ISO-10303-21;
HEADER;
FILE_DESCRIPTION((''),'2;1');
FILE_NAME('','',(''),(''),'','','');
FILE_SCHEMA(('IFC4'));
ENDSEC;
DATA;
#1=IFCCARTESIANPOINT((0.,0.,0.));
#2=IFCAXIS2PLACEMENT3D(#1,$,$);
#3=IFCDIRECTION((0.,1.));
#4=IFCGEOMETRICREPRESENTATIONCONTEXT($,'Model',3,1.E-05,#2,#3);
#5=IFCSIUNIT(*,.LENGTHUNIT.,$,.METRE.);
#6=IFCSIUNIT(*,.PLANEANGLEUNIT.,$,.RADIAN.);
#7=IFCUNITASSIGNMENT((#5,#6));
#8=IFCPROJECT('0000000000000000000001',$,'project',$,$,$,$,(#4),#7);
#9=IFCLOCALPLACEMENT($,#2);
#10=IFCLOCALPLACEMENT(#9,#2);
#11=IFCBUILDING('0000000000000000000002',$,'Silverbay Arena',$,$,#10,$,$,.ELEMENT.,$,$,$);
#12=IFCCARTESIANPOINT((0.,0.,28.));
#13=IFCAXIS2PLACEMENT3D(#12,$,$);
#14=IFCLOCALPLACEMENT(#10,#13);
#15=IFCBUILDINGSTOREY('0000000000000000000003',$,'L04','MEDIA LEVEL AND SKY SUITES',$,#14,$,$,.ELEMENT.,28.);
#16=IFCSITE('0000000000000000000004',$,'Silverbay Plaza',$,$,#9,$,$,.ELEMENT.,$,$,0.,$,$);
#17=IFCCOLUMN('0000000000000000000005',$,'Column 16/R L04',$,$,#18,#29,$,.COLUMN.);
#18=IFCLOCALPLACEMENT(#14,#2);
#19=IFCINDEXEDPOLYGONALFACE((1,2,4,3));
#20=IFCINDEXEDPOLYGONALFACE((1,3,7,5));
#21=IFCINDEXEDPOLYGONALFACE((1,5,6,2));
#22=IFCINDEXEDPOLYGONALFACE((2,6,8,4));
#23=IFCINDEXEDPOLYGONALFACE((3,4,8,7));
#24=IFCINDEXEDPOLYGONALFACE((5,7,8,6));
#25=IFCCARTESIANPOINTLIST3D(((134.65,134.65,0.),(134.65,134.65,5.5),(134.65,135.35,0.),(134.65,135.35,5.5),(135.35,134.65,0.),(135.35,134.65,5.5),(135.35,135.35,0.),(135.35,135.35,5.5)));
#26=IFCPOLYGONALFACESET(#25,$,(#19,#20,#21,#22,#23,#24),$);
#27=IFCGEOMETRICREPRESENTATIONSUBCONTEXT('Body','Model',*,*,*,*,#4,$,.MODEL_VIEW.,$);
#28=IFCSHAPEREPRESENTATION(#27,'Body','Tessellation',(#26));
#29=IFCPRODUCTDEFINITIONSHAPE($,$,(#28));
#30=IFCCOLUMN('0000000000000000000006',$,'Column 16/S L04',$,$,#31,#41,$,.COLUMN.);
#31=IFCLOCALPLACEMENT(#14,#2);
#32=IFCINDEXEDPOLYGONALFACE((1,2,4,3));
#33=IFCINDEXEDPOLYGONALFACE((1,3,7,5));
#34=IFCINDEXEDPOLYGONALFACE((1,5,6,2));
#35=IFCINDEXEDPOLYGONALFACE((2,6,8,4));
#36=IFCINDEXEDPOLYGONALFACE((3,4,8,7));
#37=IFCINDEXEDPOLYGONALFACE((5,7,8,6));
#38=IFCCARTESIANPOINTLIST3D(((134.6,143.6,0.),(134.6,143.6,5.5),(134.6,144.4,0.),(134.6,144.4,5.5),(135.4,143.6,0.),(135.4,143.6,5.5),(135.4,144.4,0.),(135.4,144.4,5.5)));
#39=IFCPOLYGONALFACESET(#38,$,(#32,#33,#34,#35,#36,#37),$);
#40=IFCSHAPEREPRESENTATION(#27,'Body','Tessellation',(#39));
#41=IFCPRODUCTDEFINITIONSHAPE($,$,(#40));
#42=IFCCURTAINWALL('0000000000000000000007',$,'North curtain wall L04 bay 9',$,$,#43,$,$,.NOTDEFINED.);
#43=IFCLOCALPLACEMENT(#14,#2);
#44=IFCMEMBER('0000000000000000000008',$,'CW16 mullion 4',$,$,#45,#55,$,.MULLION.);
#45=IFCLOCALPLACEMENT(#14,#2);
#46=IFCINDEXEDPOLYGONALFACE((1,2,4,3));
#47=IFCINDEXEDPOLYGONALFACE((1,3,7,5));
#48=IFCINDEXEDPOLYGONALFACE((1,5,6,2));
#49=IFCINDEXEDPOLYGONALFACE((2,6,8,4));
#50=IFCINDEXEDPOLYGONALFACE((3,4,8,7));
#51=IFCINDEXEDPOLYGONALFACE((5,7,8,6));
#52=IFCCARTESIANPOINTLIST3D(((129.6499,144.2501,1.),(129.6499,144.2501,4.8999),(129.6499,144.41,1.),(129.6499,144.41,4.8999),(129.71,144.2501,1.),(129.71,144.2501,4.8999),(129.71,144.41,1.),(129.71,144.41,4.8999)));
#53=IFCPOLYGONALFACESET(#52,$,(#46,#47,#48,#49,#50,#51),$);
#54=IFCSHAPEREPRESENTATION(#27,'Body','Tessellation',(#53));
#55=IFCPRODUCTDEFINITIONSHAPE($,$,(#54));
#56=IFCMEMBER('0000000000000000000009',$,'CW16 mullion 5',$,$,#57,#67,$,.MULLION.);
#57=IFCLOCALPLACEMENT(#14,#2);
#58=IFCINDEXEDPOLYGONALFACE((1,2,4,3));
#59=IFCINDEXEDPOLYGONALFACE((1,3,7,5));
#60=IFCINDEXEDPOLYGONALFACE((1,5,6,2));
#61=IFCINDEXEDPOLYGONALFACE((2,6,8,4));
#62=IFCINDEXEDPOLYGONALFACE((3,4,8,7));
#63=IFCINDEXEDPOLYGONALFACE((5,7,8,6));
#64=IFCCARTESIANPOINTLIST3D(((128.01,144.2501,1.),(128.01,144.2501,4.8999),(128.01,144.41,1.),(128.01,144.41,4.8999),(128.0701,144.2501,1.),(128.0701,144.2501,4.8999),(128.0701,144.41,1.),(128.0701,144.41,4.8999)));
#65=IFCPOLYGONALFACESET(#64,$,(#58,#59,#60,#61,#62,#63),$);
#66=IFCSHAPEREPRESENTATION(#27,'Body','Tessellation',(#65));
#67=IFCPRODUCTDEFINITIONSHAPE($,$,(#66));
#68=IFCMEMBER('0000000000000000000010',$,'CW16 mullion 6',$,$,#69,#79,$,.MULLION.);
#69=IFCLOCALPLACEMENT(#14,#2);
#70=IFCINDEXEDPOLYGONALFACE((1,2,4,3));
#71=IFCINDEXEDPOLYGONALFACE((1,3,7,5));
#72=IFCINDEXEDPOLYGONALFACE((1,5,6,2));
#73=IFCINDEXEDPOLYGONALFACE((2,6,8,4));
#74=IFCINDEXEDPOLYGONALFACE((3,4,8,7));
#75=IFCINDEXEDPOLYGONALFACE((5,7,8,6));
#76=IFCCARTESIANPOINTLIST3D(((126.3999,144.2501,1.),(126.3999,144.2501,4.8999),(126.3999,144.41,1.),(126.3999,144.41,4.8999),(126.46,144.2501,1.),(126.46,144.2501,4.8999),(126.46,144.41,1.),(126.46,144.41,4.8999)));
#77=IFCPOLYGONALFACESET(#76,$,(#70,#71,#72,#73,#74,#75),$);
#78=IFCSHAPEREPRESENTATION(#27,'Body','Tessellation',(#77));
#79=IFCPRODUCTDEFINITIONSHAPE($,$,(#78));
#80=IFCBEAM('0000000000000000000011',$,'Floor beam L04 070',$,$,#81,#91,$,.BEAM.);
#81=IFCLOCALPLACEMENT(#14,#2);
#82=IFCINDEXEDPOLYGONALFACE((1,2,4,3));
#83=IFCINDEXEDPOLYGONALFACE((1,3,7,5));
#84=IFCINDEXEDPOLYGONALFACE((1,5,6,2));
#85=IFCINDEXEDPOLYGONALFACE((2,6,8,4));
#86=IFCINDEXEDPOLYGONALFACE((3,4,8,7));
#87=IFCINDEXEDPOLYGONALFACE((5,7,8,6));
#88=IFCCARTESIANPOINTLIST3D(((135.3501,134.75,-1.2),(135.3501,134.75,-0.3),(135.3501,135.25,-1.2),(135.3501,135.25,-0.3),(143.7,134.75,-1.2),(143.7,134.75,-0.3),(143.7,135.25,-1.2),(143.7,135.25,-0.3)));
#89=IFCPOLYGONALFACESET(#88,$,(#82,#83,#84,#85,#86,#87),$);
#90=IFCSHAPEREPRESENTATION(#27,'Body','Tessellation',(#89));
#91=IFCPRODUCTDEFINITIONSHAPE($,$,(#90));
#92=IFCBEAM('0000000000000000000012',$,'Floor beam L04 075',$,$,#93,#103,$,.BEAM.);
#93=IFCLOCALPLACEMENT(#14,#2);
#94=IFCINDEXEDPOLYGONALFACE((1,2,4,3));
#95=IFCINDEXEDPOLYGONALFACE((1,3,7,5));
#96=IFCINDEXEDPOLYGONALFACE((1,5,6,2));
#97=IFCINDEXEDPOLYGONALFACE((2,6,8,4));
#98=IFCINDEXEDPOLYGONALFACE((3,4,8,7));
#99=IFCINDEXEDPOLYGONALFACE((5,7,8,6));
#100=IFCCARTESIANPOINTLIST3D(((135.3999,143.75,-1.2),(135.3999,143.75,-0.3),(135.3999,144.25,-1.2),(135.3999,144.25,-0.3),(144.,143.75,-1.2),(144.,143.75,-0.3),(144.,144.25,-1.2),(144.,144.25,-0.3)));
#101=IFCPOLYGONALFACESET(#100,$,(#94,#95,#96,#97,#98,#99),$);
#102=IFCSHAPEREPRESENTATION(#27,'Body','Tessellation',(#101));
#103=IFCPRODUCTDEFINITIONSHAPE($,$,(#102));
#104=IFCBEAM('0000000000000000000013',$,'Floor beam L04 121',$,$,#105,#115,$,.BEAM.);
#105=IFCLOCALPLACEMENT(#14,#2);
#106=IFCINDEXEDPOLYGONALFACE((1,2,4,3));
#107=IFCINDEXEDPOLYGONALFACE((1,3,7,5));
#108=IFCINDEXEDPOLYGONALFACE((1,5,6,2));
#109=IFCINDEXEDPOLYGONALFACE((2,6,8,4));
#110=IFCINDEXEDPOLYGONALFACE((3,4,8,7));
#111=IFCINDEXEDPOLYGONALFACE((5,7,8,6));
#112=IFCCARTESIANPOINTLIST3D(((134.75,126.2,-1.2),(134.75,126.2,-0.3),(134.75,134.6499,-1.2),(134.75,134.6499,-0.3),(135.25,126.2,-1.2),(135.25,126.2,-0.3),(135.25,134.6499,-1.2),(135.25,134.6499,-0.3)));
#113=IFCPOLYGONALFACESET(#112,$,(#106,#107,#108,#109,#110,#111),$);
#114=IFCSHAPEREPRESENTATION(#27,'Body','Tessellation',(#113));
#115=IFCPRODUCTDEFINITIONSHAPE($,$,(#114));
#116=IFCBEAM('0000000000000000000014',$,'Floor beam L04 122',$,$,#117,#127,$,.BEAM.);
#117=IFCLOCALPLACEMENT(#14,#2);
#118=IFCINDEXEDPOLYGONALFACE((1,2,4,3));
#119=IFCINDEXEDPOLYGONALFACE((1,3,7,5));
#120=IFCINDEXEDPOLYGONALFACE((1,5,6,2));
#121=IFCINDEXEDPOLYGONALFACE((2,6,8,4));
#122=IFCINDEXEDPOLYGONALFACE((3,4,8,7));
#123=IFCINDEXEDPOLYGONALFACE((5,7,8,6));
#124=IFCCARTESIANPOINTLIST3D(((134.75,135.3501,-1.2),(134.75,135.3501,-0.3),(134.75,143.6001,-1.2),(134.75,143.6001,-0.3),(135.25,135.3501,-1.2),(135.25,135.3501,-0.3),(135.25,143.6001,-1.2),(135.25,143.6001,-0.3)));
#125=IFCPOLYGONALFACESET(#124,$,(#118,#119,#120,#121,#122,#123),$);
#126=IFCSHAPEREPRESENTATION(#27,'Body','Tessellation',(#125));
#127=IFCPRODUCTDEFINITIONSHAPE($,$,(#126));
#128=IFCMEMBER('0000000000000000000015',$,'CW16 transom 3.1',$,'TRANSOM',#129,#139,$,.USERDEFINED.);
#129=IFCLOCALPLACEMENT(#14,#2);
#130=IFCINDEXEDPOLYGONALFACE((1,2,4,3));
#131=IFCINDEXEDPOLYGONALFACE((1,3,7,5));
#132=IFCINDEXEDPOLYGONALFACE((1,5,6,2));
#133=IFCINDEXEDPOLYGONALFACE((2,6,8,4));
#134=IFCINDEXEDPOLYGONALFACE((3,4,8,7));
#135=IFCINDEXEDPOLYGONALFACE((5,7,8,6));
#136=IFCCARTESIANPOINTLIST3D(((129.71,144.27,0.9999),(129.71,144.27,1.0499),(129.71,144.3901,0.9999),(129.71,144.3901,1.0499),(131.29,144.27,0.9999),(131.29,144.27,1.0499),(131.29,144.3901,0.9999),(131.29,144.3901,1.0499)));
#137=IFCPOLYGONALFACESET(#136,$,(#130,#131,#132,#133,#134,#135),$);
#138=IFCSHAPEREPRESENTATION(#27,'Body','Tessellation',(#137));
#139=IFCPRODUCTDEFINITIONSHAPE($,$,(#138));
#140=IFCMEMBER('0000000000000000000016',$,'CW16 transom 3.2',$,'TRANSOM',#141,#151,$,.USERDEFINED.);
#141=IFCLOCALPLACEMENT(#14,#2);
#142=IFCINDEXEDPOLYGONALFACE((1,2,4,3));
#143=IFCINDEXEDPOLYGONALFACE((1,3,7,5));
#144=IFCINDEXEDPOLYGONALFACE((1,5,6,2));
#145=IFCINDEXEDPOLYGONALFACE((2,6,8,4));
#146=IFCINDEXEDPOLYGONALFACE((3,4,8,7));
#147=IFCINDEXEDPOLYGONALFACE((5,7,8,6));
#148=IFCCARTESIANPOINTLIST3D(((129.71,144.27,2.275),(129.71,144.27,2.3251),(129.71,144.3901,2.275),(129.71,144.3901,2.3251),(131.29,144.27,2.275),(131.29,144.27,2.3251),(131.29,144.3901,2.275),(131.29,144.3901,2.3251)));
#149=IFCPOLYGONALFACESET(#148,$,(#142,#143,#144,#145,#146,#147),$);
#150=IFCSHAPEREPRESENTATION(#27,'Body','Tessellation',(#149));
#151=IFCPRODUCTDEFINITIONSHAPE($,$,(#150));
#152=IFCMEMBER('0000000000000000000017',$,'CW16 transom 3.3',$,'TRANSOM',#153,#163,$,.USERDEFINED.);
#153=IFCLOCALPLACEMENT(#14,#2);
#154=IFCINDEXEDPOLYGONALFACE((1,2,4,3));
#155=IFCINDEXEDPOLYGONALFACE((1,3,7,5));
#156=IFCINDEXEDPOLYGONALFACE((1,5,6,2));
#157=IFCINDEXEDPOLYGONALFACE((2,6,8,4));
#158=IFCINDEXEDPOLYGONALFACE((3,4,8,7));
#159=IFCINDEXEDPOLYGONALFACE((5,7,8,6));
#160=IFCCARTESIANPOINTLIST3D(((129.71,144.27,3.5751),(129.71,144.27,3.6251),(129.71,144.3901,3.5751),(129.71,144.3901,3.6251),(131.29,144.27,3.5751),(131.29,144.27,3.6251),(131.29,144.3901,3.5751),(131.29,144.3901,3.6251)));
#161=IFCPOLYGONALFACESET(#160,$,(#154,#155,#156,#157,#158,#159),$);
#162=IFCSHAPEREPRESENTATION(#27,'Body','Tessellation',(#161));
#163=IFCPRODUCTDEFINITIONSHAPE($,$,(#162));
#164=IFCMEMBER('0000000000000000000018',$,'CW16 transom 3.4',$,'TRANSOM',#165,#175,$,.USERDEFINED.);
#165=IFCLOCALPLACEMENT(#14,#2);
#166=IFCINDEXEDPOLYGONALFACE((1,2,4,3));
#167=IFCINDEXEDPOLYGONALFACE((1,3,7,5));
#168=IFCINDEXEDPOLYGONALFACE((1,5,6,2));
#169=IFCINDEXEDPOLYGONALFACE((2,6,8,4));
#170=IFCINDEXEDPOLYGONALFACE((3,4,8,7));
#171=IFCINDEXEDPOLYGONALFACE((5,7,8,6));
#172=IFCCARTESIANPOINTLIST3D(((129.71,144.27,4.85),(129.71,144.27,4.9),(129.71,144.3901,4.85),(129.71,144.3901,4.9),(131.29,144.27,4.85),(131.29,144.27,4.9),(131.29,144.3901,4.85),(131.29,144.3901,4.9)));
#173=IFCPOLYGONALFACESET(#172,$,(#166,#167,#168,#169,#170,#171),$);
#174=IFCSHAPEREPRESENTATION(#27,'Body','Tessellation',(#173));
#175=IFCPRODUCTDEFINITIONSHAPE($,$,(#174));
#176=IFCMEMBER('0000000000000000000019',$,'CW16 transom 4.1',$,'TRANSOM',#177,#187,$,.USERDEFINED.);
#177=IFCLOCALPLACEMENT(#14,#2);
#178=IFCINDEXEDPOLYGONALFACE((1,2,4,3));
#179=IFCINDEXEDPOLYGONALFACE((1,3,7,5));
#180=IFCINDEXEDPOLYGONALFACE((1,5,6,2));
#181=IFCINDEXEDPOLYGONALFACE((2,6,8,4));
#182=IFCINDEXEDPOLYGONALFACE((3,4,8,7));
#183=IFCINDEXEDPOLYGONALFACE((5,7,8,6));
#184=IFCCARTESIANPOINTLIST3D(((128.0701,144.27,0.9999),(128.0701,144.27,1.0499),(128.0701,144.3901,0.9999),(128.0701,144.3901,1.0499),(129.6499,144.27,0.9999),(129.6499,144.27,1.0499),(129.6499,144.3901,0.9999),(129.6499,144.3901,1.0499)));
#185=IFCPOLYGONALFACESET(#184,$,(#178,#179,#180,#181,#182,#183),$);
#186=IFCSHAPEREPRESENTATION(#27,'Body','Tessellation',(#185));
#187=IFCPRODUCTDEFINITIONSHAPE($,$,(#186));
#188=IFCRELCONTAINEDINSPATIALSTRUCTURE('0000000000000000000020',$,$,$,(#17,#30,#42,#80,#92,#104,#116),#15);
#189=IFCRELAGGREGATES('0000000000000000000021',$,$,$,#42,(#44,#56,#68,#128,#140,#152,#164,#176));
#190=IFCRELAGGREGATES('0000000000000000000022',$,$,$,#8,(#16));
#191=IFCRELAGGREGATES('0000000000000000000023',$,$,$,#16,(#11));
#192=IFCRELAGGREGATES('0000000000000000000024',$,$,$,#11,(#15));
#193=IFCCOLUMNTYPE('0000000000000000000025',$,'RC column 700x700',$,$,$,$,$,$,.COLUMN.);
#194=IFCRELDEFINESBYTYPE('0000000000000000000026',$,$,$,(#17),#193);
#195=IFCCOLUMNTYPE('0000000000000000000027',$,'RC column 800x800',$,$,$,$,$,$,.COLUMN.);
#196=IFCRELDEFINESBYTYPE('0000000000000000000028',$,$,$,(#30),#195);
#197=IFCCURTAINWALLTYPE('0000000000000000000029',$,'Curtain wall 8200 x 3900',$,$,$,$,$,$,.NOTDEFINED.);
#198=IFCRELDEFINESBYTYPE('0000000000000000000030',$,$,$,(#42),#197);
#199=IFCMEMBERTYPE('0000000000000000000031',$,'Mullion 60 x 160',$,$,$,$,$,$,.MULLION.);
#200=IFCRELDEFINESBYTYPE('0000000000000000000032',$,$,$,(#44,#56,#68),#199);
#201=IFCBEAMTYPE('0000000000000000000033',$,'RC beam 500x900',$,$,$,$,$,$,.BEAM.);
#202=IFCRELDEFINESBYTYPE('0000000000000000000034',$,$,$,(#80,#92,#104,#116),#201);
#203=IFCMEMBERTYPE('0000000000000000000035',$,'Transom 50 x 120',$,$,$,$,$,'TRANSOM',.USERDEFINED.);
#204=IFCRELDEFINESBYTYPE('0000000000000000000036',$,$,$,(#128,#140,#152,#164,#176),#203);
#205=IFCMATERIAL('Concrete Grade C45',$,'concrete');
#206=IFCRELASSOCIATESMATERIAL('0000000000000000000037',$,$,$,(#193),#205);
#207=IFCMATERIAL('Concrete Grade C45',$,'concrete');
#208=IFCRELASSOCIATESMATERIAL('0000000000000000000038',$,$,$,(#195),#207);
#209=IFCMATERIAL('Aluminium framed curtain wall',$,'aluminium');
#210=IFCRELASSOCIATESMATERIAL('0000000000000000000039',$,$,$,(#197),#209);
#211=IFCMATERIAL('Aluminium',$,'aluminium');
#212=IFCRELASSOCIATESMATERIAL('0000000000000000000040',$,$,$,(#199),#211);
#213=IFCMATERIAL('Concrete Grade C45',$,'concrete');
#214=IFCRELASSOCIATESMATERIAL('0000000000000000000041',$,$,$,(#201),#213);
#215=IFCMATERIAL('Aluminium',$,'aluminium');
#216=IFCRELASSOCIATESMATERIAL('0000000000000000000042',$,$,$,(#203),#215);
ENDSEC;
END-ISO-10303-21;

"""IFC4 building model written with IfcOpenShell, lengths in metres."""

from ifc_helpers import new_model, si_unit, direction, frame, origin, origin_2d, place, context, subcontext, project, spatial, rectangle, extrude, material, material_profile, profile_set, type_object, element, aggregate, save


model = new_model("IFC4")

# Units and contexts
model_context = context("Model", 3, precision=1e-05, world=origin(), true_north=direction((0.0, 1.0)))
body_context = subcontext(model_context, "Body", "Model", "MODEL_VIEW")
ifc_project = project(units=[si_unit("LENGTHUNIT", "METRE"), si_unit("PLANEANGLEUNIT", "RADIAN")], contexts=[model_context])

# Site, building, storey
site_placement = place(None, origin())
site = spatial("IfcSite", under=ifc_project, at=site_placement, Name="Silverbay Plaza", CompositionType="ELEMENT", RefElevation=0.0)
building_placement = place(site_placement, origin())
building = spatial("IfcBuilding", under=site, at=building_placement, Name="Silverbay Arena", CompositionType="ELEMENT")
storey_placement = place(building_placement, frame((0.0, 0.0, 28.0)))
storey = spatial("IfcBuildingStorey", under=building, at=storey_placement, Name="L04", Description="MEDIA LEVEL AND SKY SUITES", CompositionType="ELEMENT", Elevation=28.0)

# Columns
ifc_material_1 = material(Name="Concrete Grade C45", Category="concrete")
ifc_material_profile_1 = material_profile(ifc_material_1, rectangle(XDim=0.7, YDim=0.7, at=origin_2d()), Name="RC 700x700")
ifc_profile_set_1 = profile_set([ifc_material_profile_1], Name="Concrete Grade C45")
column_type_1 = type_object("IfcColumnType", Name="RC column 700x700", PredefinedType="COLUMN", material=ifc_profile_set_1)
column_1_placement = place(storey_placement, frame((135.0, 135.0, 0.0), z_axis=(0.0, 0.0, 1.0), x_axis=(1.0, 0.0, 0.0)))
element("IfcColumn", 1, at=column_1_placement, inside=storey, type_object=column_type_1, Name="Column 16/R L04", PredefinedType="COLUMN", context=body_context, shape_type="SweptSolid", body=[
    extrude(rectangle(XDim=0.7, YDim=0.7, at=origin_2d()), origin(), (0.0, 0.0, 1.0), 5.5),
])
ifc_material_2 = material(Name="Concrete Grade C45", Category="concrete")
ifc_material_profile_2 = material_profile(ifc_material_2, rectangle(XDim=0.8, YDim=0.8, at=origin_2d()), Name="RC 800x800")
ifc_profile_set_2 = profile_set([ifc_material_profile_2], Name="Concrete Grade C45")
column_type_2 = type_object("IfcColumnType", Name="RC column 800x800", PredefinedType="COLUMN", material=ifc_profile_set_2)
column_2_placement = place(storey_placement, frame((135.0, 144.0, 0.0), z_axis=(0.0, 0.0, 1.0), x_axis=(1.0, 0.0, 0.0)))
element("IfcColumn", 2, at=column_2_placement, inside=storey, type_object=column_type_2, Name="Column 16/S L04", PredefinedType="COLUMN", context=body_context, shape_type="SweptSolid", body=[
    extrude(rectangle(XDim=0.8, YDim=0.8, at=origin_2d()), origin(), (0.0, 0.0, 1.0), 5.5),
])

# Curtain wall, members
ifc_material_3 = material(Name="Aluminium framed curtain wall", Category="aluminium")
curtain_wall_type = type_object("IfcCurtainWallType", Name="Curtain wall 8200 x 3900", PredefinedType="NOTDEFINED", material=ifc_material_3)
curtain_wall_placement = place(storey_placement, origin())
curtain_wall = element("IfcCurtainWall", 3, at=curtain_wall_placement, inside=storey, type_object=curtain_wall_type, Name="North curtain wall L04 bay 9", PredefinedType="NOTDEFINED")
ifc_material_4 = material(Name="Aluminium", Category="aluminium")
ifc_material_profile_3 = material_profile(ifc_material_4, rectangle(XDim=0.1599, YDim=0.0601, at=origin_2d()), Name="Mullion 60 x 160")
ifc_profile_set_3 = profile_set([ifc_material_profile_3], Name="Aluminium")
member_type_1 = type_object("IfcMemberType", Name="Mullion 60 x 160", PredefinedType="MULLION", material=ifc_profile_set_3)
member_1_placement = place(storey_placement, frame((129.6799, 144.3301, 1.0), z_axis=(0.0, 0.0, 1.0), x_axis=(0.0, -1.0, 0.0)))
member_1 = element("IfcMember", 4, at=member_1_placement, type_object=member_type_1, Name="CW16 mullion 4", PredefinedType="MULLION", context=body_context, shape_type="SweptSolid", body=[
    extrude(rectangle(XDim=0.1599, YDim=0.0601, at=origin_2d()), origin(), (0.0, 0.0, 1.0), 3.8999),
])
member_2_placement = place(storey_placement, frame((128.04, 144.3301, 1.0), z_axis=(0.0, 0.0, 1.0), x_axis=(0.0, -1.0, 0.0)))
member_2 = element("IfcMember", 5, at=member_2_placement, type_object=member_type_1, Name="CW16 mullion 5", PredefinedType="MULLION", context=body_context, shape_type="SweptSolid", body=[
    extrude(rectangle(XDim=0.1599, YDim=0.0601, at=origin_2d()), origin(), (0.0, 0.0, 1.0), 3.8999),
])
member_3_placement = place(storey_placement, frame((126.4299, 144.3301, 1.0), z_axis=(0.0, 0.0, 1.0), x_axis=(0.0, -1.0, 0.0)))
member_3 = element("IfcMember", 6, at=member_3_placement, type_object=member_type_1, Name="CW16 mullion 6", PredefinedType="MULLION", context=body_context, shape_type="SweptSolid", body=[
    extrude(rectangle(XDim=0.1599, YDim=0.0601, at=origin_2d()), origin(), (0.0, 0.0, 1.0), 3.8999),
])

# Beams
ifc_material_5 = material(Name="Concrete Grade C45", Category="concrete")
ifc_material_profile_4 = material_profile(ifc_material_5, rectangle(XDim=0.5, YDim=0.8999, at=origin_2d()), Name="RC 500x900")
ifc_profile_set_4 = profile_set([ifc_material_profile_4], Name="Concrete Grade C45")
beam_type = type_object("IfcBeamType", Name="RC beam 500x900", PredefinedType="BEAM", material=ifc_profile_set_4)
beam_1_placement = place(storey_placement, frame((135.3501, 135.0, -0.75), z_axis=(1.0, 0.0, 0.0), x_axis=(0.0, 1.0, 0.0)))
element("IfcBeam", 7, at=beam_1_placement, inside=storey, type_object=beam_type, Name="Floor beam L04 070", PredefinedType="BEAM", context=body_context, shape_type="SweptSolid", body=[
    extrude(rectangle(XDim=0.5, YDim=0.8999, at=origin_2d()), origin(), (0.0, 0.0, 1.0), 8.3499),
])
beam_2_placement = place(storey_placement, frame((135.3999, 144.0, -0.75), z_axis=(1.0, 0.0, 0.0), x_axis=(0.0, 1.0, 0.0)))
element("IfcBeam", 8, at=beam_2_placement, inside=storey, type_object=beam_type, Name="Floor beam L04 075", PredefinedType="BEAM", context=body_context, shape_type="SweptSolid", body=[
    extrude(rectangle(XDim=0.5, YDim=0.8999, at=origin_2d()), origin(), (0.0, 0.0, 1.0), 8.6001),
])
beam_3_placement = place(storey_placement, frame((135.0, 126.2, -0.75), z_axis=(0.0, 1.0, 0.0), x_axis=(-1.0, 0.0, 0.0)))
element("IfcBeam", 9, at=beam_3_placement, inside=storey, type_object=beam_type, Name="Floor beam L04 121", PredefinedType="BEAM", context=body_context, shape_type="SweptSolid", body=[
    extrude(rectangle(XDim=0.5, YDim=0.8999, at=origin_2d()), origin(), (0.0, 0.0, 1.0), 8.45),
])
beam_4_placement = place(storey_placement, frame((135.0, 135.3501, -0.75), z_axis=(0.0, 1.0, 0.0), x_axis=(-1.0, 0.0, 0.0)))
element("IfcBeam", 10, at=beam_4_placement, inside=storey, type_object=beam_type, Name="Floor beam L04 122", PredefinedType="BEAM", context=body_context, shape_type="SweptSolid", body=[
    extrude(rectangle(XDim=0.5, YDim=0.8999, at=origin_2d()), origin(), (0.0, 0.0, 1.0), 8.25),
])

# Members
ifc_material_6 = material(Name="Aluminium", Category="aluminium")
ifc_material_profile_5 = material_profile(ifc_material_6, rectangle(XDim=0.1201, YDim=0.05, at=origin_2d()), Name="Transom 50 x 120")
ifc_profile_set_5 = profile_set([ifc_material_profile_5], Name="Aluminium")
member_type_2 = type_object("IfcMemberType", Name="Transom 50 x 120", ElementType="TRANSOM", PredefinedType="USERDEFINED", material=ifc_profile_set_5)
member_4_placement = place(storey_placement, frame((131.29, 144.3301, 1.0249), z_axis=(-1.0, 0.0, 0.0), x_axis=(0.0, -1.0, 0.0)))
member_4 = element("IfcMember", 11, at=member_4_placement, type_object=member_type_2, Name="CW16 transom 3.1", ObjectType="TRANSOM", PredefinedType="USERDEFINED", context=body_context, shape_type="SweptSolid", body=[
    extrude(rectangle(XDim=0.1201, YDim=0.05, at=origin_2d()), origin(), (0.0, 0.0, 1.0), 1.5801),
])
member_5_placement = place(storey_placement, frame((131.29, 144.3301, 2.3), z_axis=(-1.0, 0.0, 0.0), x_axis=(0.0, -1.0, 0.0)))
member_5 = element("IfcMember", 12, at=member_5_placement, type_object=member_type_2, Name="CW16 transom 3.2", ObjectType="TRANSOM", PredefinedType="USERDEFINED", context=body_context, shape_type="SweptSolid", body=[
    extrude(rectangle(XDim=0.1201, YDim=0.05, at=origin_2d()), origin(), (0.0, 0.0, 1.0), 1.5801),
])
member_6_placement = place(storey_placement, frame((131.29, 144.3301, 3.6001), z_axis=(-1.0, 0.0, 0.0), x_axis=(0.0, -1.0, 0.0)))
member_6 = element("IfcMember", 13, at=member_6_placement, type_object=member_type_2, Name="CW16 transom 3.3", ObjectType="TRANSOM", PredefinedType="USERDEFINED", context=body_context, shape_type="SweptSolid", body=[
    extrude(rectangle(XDim=0.1201, YDim=0.05, at=origin_2d()), origin(), (0.0, 0.0, 1.0), 1.5801),
])
member_7_placement = place(storey_placement, frame((131.29, 144.3301, 4.875), z_axis=(-1.0, 0.0, 0.0), x_axis=(0.0, -1.0, 0.0)))
member_7 = element("IfcMember", 14, at=member_7_placement, type_object=member_type_2, Name="CW16 transom 3.4", ObjectType="TRANSOM", PredefinedType="USERDEFINED", context=body_context, shape_type="SweptSolid", body=[
    extrude(rectangle(XDim=0.1201, YDim=0.05, at=origin_2d()), origin(), (0.0, 0.0, 1.0), 1.5801),
])
member_8_placement = place(storey_placement, frame((129.6499, 144.3301, 1.0249), z_axis=(-1.0, 0.0, 0.0), x_axis=(0.0, -1.0, 0.0)))
member_8 = element("IfcMember", 15, at=member_8_placement, type_object=member_type_2, Name="CW16 transom 4.1", ObjectType="TRANSOM", PredefinedType="USERDEFINED", context=body_context, shape_type="SweptSolid", body=[
    extrude(rectangle(XDim=0.1201, YDim=0.05, at=origin_2d()), origin(), (0.0, 0.0, 1.0), 1.5798),
])

aggregate(curtain_wall, [member_1, member_2, member_3, member_4, member_5, member_6, member_7, member_8])

save(model, "model.ifc")
